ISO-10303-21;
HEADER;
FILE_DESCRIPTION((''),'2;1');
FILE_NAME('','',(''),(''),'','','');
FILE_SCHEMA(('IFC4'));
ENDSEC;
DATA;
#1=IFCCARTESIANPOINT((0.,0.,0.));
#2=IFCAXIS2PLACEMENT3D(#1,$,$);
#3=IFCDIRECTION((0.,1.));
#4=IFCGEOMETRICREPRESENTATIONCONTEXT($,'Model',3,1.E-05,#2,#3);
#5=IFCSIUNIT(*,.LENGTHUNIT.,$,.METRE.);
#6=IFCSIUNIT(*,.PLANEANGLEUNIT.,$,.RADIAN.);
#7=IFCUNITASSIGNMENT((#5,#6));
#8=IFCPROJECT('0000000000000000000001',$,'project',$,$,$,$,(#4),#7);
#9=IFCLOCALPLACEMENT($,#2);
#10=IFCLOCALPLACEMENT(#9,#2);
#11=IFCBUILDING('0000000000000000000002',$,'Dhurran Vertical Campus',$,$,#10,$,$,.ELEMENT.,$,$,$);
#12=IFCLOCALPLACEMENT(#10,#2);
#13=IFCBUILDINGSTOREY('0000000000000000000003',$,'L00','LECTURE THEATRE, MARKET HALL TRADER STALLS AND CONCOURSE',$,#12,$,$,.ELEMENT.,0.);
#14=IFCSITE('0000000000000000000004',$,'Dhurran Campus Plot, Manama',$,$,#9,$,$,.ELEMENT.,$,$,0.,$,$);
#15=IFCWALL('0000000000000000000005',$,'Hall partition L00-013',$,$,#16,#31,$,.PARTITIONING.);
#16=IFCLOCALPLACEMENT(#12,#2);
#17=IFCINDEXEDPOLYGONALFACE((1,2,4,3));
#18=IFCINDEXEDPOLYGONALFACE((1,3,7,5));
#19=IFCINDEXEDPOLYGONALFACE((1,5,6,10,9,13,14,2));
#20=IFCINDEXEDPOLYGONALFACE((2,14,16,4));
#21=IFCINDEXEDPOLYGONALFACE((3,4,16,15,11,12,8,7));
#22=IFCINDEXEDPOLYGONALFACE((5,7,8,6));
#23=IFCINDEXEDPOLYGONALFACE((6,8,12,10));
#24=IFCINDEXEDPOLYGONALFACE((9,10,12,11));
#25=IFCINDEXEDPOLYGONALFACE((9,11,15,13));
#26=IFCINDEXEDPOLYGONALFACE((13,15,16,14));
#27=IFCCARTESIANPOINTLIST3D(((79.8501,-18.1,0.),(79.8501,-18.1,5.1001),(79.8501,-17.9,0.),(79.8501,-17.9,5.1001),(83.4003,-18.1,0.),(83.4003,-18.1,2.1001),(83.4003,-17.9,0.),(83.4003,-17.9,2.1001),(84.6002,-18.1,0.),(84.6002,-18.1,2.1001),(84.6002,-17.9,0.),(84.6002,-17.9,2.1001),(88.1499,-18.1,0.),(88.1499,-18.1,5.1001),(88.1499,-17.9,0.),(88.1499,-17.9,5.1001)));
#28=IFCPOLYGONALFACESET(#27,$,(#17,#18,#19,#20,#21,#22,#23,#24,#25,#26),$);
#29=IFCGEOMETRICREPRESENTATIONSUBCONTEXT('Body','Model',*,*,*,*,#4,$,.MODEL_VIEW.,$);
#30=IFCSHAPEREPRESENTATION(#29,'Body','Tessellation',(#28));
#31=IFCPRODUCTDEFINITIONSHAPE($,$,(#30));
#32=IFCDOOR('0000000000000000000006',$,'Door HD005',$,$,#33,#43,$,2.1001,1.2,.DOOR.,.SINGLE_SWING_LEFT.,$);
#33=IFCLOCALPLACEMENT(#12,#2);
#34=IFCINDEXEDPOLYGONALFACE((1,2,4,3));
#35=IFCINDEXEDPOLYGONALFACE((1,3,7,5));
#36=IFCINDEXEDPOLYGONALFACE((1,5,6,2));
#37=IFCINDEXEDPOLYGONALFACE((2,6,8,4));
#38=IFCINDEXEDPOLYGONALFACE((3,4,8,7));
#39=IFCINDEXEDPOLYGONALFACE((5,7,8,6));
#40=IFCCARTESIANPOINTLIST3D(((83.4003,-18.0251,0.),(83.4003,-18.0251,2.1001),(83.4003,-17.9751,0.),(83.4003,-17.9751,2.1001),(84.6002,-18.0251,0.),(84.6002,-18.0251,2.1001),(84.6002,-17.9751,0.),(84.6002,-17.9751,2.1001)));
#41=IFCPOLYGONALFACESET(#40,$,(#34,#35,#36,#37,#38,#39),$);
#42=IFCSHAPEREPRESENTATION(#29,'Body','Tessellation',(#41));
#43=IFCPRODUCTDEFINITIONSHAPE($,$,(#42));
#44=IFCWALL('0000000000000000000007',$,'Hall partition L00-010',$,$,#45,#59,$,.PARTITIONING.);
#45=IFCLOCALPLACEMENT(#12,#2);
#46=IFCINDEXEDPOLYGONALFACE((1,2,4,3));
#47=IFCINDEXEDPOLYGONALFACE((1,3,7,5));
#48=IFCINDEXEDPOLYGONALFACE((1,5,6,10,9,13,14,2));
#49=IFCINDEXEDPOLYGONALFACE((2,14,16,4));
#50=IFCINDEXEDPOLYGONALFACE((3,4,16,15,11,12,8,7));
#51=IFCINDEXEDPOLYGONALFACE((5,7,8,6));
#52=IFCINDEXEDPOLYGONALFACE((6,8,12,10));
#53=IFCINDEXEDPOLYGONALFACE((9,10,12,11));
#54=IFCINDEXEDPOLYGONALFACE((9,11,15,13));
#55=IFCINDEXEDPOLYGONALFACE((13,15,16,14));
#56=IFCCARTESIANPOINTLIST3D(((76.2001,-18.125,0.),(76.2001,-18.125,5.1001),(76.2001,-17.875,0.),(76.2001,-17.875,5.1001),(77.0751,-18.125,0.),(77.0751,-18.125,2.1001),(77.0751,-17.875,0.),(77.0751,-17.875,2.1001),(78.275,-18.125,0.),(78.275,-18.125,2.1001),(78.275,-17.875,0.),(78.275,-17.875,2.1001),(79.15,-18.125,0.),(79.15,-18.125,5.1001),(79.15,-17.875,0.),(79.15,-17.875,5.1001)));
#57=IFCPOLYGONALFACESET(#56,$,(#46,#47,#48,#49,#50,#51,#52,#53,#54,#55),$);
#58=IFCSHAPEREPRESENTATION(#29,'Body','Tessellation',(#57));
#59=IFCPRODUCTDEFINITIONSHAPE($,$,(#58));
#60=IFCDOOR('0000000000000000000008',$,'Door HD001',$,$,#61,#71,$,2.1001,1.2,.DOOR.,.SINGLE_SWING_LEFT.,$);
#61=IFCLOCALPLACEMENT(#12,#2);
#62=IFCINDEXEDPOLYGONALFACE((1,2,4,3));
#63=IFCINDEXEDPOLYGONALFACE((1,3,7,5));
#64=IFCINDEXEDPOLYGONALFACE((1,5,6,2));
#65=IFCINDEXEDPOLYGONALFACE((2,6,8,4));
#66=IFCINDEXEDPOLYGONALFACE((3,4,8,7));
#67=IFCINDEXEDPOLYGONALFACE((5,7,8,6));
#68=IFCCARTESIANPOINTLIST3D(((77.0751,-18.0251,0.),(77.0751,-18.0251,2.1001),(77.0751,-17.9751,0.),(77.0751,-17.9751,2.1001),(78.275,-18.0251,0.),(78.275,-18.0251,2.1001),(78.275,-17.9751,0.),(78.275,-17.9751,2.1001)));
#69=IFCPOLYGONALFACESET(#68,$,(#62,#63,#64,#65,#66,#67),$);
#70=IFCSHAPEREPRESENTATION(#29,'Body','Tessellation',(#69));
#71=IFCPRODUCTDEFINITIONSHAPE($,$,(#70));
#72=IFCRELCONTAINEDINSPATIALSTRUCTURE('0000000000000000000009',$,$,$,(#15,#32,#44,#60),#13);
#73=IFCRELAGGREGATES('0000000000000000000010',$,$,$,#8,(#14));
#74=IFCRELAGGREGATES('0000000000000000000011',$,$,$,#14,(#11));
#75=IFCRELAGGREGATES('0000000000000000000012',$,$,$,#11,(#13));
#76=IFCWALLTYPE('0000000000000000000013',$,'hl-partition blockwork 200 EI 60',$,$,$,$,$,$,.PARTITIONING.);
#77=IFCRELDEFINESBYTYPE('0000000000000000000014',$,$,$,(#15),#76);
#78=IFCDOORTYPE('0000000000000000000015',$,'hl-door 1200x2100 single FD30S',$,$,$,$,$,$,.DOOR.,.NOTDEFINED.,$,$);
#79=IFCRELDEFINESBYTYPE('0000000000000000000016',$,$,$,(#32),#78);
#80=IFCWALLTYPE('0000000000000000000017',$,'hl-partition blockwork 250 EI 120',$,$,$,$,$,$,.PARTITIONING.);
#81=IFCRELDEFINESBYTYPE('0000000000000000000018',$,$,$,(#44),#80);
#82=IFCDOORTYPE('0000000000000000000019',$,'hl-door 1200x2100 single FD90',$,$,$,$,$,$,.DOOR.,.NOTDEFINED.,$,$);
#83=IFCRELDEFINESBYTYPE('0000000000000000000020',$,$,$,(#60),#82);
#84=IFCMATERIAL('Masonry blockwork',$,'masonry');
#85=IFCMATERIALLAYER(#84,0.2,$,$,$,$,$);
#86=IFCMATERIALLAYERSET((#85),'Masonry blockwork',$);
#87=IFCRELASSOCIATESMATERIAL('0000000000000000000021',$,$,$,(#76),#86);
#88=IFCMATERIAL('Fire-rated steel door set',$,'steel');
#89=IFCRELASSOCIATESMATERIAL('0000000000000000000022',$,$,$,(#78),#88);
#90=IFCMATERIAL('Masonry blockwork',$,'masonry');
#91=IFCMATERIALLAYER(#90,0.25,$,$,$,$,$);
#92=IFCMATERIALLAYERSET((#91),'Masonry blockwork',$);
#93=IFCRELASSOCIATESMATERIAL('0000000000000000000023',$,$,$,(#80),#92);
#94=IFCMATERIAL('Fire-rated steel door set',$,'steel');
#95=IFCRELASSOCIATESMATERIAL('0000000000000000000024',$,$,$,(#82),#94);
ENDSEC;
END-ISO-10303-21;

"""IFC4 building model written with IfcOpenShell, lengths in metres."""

from ifc_helpers import new_model, si_unit, direction, frame, frame_2d, origin, place, context, subcontext, project, spatial, rectangle, extrude, material, layer, layer_set, type_object, element, fill, save


model = new_model("IFC4")

# Units and contexts
model_context = context("Model", 3, precision=1e-05, world=origin(), true_north=direction((0.0, 1.0)))
body_context = subcontext(model_context, "Body", "Model", "MODEL_VIEW")
ifc_project = project(units=[si_unit("LENGTHUNIT", "METRE"), si_unit("PLANEANGLEUNIT", "RADIAN")], contexts=[model_context])

# Site, building, storey
site_placement = place(None, origin())
site = spatial("IfcSite", under=ifc_project, at=site_placement, Name="Dhurran Campus Plot, Manama", CompositionType="ELEMENT", RefElevation=0.0)
building_placement = place(site_placement, origin())
building = spatial("IfcBuilding", under=site, at=building_placement, Name="Dhurran Vertical Campus", CompositionType="ELEMENT")
storey_placement = place(building_placement, origin())
storey = spatial("IfcBuildingStorey", under=building, at=storey_placement, Name="L00", Description="LECTURE THEATRE, MARKET HALL TRADER STALLS AND CONCOURSE", CompositionType="ELEMENT", Elevation=0.0)

# Walls, openings, doors
ifc_material_1 = material(Name="Masonry blockwork", Category="masonry")
ifc_layer_1 = layer(ifc_material_1, 0.2)
ifc_layer_set_1 = layer_set([ifc_layer_1], Name="Masonry blockwork")
wall_type_1 = type_object("IfcWallType", Name="hl-partition blockwork 200 EI 60", PredefinedType="PARTITIONING", material=ifc_layer_set_1)
wall_1_placement = place(storey_placement, frame((79.8501, -18.0, 0.0), z_axis=(0.0, 0.0, 1.0), x_axis=(1.0, 0.0, 0.0)))
wall_1 = element("IfcWall", 1, at=wall_1_placement, inside=storey, type_object=wall_type_1, Name="Hall partition L00-013", PredefinedType="PARTITIONING", context=body_context, shape_type="SweptSolid", body=[
    extrude(rectangle(XDim=8.2998, YDim=0.2, at=frame_2d((4.1499, 0.0))), origin(), (0.0, 0.0, 1.0), 5.1001),
])
opening_1_placement = place(wall_1_placement, frame((3.55, 0.0, 0.0)))
opening_1 = element("IfcOpeningElement", 2, at=opening_1_placement, cuts=wall_1, PredefinedType="OPENING", context=body_context, shape_type="SweptSolid", body=[
    extrude(rectangle(XDim=1.2, YDim=2.1001, at=frame_2d((0.6001, 1.05))), frame((0.0, 0.1099, 0.0), z_axis=(0.0, -1.0, 0.0), x_axis=(1.0, 0.0, 0.0)), (0.0, 0.0, 1.0), 0.22),
])
ifc_material_2 = material(Name="Fire-rated steel door set", Category="steel")
door_type_1 = type_object("IfcDoorType", Name="hl-door 1200x2100 single FD30S", OperationType="NOTDEFINED", PredefinedType="DOOR", material=ifc_material_2)
door_1_placement = place(opening_1_placement, origin())
door_1 = element("IfcDoor", 3, at=door_1_placement, inside=storey, type_object=door_type_1, Name="Door HD005", OperationType="SINGLE_SWING_LEFT", OverallHeight=2.1001, OverallWidth=1.2, PredefinedType="DOOR", context=body_context, shape_type="SweptSolid", body=[
    extrude(rectangle(XDim=1.2, YDim=2.1001, at=frame_2d((0.6001, 1.05))), frame((0.0, 0.0249, 0.0), z_axis=(0.0, -1.0, 0.0), x_axis=(1.0, 0.0, 0.0)), (0.0, 0.0, 1.0), 0.05),
])
fill(opening_1, door_1)
ifc_material_3 = material(Name="Masonry blockwork", Category="masonry")
ifc_layer_2 = layer(ifc_material_3, 0.25)
ifc_layer_set_2 = layer_set([ifc_layer_2], Name="Masonry blockwork")
wall_type_2 = type_object("IfcWallType", Name="hl-partition blockwork 250 EI 120", PredefinedType="PARTITIONING", material=ifc_layer_set_2)
wall_2_placement = place(storey_placement, frame((76.2, -18.0, 0.0), z_axis=(0.0, 0.0, 1.0), x_axis=(1.0, 0.0, 0.0)))
wall_2 = element("IfcWall", 4, at=wall_2_placement, inside=storey, type_object=wall_type_2, Name="Hall partition L00-010", PredefinedType="PARTITIONING", context=body_context, shape_type="SweptSolid", body=[
    extrude(rectangle(XDim=2.95, YDim=0.25, at=frame_2d((1.4751, 0.0))), origin(), (0.0, 0.0, 1.0), 5.1001),
])
opening_2_placement = place(wall_2_placement, frame((0.875, 0.0, 0.0)))
opening_2 = element("IfcOpeningElement", 5, at=opening_2_placement, cuts=wall_2, PredefinedType="OPENING", context=body_context, shape_type="SweptSolid", body=[
    extrude(rectangle(XDim=1.2, YDim=2.1001, at=frame_2d((0.6001, 1.05))), frame((0.0, 0.135, 0.0), z_axis=(0.0, -1.0, 0.0), x_axis=(1.0, 0.0, 0.0)), (0.0, 0.0, 1.0), 0.27),
])
ifc_material_4 = material(Name="Fire-rated steel door set", Category="steel")
door_type_2 = type_object("IfcDoorType", Name="hl-door 1200x2100 single FD90", OperationType="NOTDEFINED", PredefinedType="DOOR", material=ifc_material_4)
door_2_placement = place(opening_2_placement, origin())
door_2 = element("IfcDoor", 6, at=door_2_placement, inside=storey, type_object=door_type_2, Name="Door HD001", OperationType="SINGLE_SWING_LEFT", OverallHeight=2.1001, OverallWidth=1.2, PredefinedType="DOOR", context=body_context, shape_type="SweptSolid", body=[
    extrude(rectangle(XDim=1.2, YDim=2.1001, at=frame_2d((0.6001, 1.05))), frame((0.0, 0.0249, 0.0), z_axis=(0.0, -1.0, 0.0), x_axis=(1.0, 0.0, 0.0)), (0.0, 0.0, 1.0), 0.05),
])
fill(opening_2, door_2)

save(model, "model.ifc")
